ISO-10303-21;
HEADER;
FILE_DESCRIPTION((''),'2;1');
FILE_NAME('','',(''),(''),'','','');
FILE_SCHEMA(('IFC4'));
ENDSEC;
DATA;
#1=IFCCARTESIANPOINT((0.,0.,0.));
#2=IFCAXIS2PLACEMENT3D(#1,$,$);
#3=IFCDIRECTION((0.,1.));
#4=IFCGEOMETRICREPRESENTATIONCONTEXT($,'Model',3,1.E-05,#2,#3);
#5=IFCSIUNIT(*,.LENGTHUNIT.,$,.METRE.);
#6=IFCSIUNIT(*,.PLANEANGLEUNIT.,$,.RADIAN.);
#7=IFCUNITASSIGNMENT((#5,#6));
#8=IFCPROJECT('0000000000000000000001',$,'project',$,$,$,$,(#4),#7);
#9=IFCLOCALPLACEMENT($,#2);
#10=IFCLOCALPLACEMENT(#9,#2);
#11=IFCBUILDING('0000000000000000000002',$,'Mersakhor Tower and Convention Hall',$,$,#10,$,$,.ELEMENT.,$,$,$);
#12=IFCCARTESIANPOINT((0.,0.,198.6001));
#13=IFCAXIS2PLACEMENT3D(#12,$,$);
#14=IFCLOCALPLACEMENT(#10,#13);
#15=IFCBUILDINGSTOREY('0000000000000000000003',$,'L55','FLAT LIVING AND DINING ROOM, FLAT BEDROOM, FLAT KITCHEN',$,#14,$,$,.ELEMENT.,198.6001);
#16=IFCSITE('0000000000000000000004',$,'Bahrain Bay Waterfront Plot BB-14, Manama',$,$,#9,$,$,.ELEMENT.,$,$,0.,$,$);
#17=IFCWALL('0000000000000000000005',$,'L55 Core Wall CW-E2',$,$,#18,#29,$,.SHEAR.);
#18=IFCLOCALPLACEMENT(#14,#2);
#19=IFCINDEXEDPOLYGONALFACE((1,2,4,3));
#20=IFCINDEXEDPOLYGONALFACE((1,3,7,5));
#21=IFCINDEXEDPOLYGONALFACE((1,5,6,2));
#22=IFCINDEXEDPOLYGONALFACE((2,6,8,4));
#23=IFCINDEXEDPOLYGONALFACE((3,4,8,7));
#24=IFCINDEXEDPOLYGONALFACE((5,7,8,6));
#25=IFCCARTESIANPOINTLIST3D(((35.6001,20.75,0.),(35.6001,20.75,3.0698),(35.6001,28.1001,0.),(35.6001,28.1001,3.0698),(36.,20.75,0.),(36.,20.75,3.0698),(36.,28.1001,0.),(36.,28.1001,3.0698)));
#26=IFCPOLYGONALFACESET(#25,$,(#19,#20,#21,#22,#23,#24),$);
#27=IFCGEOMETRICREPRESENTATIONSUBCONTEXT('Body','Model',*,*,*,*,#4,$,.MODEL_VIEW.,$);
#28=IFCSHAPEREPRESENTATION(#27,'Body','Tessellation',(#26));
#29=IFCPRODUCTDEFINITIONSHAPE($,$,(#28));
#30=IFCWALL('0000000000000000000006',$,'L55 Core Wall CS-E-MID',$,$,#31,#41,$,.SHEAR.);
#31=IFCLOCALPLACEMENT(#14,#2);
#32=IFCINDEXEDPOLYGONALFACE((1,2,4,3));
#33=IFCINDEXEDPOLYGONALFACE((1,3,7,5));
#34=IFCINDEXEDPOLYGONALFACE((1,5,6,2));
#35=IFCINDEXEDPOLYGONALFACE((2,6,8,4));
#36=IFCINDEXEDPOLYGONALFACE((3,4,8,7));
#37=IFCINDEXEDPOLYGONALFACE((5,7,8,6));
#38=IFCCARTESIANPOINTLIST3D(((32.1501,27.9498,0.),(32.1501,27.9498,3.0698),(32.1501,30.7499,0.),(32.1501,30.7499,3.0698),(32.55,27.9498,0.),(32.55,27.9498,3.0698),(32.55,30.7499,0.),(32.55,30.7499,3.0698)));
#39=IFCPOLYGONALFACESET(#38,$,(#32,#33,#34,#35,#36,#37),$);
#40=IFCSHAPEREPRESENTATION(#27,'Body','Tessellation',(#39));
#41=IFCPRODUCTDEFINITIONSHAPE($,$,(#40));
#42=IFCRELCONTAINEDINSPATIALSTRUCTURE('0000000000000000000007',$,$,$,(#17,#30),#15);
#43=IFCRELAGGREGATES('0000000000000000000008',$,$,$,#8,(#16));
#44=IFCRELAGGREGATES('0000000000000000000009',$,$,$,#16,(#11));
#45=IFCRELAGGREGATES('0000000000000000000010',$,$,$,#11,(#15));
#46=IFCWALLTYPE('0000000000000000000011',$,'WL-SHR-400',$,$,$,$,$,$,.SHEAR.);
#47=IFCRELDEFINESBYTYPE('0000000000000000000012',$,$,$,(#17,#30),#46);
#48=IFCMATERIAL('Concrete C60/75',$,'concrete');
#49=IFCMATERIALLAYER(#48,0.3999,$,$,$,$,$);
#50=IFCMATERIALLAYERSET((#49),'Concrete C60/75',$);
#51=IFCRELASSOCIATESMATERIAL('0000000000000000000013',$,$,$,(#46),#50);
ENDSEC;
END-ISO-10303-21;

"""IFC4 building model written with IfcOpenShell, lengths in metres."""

from ifc_helpers import new_model, si_unit, direction, frame, frame_2d, origin, place, context, subcontext, project, spatial, rectangle, extrude, material, layer, layer_set, type_object, element, save


model = new_model("IFC4")

# Units and contexts
model_context = context("Model", 3, precision=1e-05, world=origin(), true_north=direction((0.0, 1.0)))
body_context = subcontext(model_context, "Body", "Model", "MODEL_VIEW")
ifc_project = project(units=[si_unit("LENGTHUNIT", "METRE"), si_unit("PLANEANGLEUNIT", "RADIAN")], contexts=[model_context])

# Site, building, storey
site_placement = place(None, origin())
site = spatial("IfcSite", under=ifc_project, at=site_placement, Name="Bahrain Bay Waterfront Plot BB-14, Manama", CompositionType="ELEMENT", RefElevation=0.0)
building_placement = place(site_placement, origin())
building = spatial("IfcBuilding", under=site, at=building_placement, Name="Mersakhor Tower and Convention Hall", CompositionType="ELEMENT")
storey_placement = place(building_placement, frame((0.0, 0.0, 198.6001)))
storey = spatial("IfcBuildingStorey", under=building, at=storey_placement, Name="L55", Description="FLAT LIVING AND DINING ROOM, FLAT BEDROOM, FLAT KITCHEN", CompositionType="ELEMENT", Elevation=198.6001)

# Shared definitions
ifc_material_1 = material(Name="Concrete C60/75", Category="concrete")
ifc_layer_1 = layer(ifc_material_1, 0.3999)
ifc_layer_set_1 = layer_set([ifc_layer_1], Name="Concrete C60/75")
wall_type_1 = type_object("IfcWallType", Name="WL-SHR-400", PredefinedType="SHEAR", material=ifc_layer_set_1)

# Walls
wall_1_placement = place(storey_placement, frame((35.8, 28.1001, 0.0), z_axis=(0.0, 0.0, 1.0), x_axis=(0.0, -1.0, 0.0)))
element("IfcWall", 1, at=wall_1_placement, inside=storey, type_object=wall_type_1, Name="L55 Core Wall CW-E2", PredefinedType="SHEAR", context=body_context, shape_type="SweptSolid", body=[
    extrude(rectangle(XDim=7.3501, YDim=0.3999, at=frame_2d((3.675, 0.0))), origin(), (0.0, 0.0, 1.0), 3.0698),
])
wall_2_placement = place(storey_placement, frame((32.3501, 27.95, 0.0), z_axis=(0.0, 0.0, 1.0), x_axis=(0.0, 1.0, 0.0)))
element("IfcWall", 2, at=wall_2_placement, inside=storey, type_object=wall_type_1, Name="L55 Core Wall CS-E-MID", PredefinedType="SHEAR", context=body_context, shape_type="SweptSolid", body=[
    extrude(rectangle(XDim=2.8, YDim=0.3999, at=frame_2d((1.3999, 0.0))), origin(), (0.0, 0.0, 1.0), 3.0698),
])

save(model, "model.ifc")
